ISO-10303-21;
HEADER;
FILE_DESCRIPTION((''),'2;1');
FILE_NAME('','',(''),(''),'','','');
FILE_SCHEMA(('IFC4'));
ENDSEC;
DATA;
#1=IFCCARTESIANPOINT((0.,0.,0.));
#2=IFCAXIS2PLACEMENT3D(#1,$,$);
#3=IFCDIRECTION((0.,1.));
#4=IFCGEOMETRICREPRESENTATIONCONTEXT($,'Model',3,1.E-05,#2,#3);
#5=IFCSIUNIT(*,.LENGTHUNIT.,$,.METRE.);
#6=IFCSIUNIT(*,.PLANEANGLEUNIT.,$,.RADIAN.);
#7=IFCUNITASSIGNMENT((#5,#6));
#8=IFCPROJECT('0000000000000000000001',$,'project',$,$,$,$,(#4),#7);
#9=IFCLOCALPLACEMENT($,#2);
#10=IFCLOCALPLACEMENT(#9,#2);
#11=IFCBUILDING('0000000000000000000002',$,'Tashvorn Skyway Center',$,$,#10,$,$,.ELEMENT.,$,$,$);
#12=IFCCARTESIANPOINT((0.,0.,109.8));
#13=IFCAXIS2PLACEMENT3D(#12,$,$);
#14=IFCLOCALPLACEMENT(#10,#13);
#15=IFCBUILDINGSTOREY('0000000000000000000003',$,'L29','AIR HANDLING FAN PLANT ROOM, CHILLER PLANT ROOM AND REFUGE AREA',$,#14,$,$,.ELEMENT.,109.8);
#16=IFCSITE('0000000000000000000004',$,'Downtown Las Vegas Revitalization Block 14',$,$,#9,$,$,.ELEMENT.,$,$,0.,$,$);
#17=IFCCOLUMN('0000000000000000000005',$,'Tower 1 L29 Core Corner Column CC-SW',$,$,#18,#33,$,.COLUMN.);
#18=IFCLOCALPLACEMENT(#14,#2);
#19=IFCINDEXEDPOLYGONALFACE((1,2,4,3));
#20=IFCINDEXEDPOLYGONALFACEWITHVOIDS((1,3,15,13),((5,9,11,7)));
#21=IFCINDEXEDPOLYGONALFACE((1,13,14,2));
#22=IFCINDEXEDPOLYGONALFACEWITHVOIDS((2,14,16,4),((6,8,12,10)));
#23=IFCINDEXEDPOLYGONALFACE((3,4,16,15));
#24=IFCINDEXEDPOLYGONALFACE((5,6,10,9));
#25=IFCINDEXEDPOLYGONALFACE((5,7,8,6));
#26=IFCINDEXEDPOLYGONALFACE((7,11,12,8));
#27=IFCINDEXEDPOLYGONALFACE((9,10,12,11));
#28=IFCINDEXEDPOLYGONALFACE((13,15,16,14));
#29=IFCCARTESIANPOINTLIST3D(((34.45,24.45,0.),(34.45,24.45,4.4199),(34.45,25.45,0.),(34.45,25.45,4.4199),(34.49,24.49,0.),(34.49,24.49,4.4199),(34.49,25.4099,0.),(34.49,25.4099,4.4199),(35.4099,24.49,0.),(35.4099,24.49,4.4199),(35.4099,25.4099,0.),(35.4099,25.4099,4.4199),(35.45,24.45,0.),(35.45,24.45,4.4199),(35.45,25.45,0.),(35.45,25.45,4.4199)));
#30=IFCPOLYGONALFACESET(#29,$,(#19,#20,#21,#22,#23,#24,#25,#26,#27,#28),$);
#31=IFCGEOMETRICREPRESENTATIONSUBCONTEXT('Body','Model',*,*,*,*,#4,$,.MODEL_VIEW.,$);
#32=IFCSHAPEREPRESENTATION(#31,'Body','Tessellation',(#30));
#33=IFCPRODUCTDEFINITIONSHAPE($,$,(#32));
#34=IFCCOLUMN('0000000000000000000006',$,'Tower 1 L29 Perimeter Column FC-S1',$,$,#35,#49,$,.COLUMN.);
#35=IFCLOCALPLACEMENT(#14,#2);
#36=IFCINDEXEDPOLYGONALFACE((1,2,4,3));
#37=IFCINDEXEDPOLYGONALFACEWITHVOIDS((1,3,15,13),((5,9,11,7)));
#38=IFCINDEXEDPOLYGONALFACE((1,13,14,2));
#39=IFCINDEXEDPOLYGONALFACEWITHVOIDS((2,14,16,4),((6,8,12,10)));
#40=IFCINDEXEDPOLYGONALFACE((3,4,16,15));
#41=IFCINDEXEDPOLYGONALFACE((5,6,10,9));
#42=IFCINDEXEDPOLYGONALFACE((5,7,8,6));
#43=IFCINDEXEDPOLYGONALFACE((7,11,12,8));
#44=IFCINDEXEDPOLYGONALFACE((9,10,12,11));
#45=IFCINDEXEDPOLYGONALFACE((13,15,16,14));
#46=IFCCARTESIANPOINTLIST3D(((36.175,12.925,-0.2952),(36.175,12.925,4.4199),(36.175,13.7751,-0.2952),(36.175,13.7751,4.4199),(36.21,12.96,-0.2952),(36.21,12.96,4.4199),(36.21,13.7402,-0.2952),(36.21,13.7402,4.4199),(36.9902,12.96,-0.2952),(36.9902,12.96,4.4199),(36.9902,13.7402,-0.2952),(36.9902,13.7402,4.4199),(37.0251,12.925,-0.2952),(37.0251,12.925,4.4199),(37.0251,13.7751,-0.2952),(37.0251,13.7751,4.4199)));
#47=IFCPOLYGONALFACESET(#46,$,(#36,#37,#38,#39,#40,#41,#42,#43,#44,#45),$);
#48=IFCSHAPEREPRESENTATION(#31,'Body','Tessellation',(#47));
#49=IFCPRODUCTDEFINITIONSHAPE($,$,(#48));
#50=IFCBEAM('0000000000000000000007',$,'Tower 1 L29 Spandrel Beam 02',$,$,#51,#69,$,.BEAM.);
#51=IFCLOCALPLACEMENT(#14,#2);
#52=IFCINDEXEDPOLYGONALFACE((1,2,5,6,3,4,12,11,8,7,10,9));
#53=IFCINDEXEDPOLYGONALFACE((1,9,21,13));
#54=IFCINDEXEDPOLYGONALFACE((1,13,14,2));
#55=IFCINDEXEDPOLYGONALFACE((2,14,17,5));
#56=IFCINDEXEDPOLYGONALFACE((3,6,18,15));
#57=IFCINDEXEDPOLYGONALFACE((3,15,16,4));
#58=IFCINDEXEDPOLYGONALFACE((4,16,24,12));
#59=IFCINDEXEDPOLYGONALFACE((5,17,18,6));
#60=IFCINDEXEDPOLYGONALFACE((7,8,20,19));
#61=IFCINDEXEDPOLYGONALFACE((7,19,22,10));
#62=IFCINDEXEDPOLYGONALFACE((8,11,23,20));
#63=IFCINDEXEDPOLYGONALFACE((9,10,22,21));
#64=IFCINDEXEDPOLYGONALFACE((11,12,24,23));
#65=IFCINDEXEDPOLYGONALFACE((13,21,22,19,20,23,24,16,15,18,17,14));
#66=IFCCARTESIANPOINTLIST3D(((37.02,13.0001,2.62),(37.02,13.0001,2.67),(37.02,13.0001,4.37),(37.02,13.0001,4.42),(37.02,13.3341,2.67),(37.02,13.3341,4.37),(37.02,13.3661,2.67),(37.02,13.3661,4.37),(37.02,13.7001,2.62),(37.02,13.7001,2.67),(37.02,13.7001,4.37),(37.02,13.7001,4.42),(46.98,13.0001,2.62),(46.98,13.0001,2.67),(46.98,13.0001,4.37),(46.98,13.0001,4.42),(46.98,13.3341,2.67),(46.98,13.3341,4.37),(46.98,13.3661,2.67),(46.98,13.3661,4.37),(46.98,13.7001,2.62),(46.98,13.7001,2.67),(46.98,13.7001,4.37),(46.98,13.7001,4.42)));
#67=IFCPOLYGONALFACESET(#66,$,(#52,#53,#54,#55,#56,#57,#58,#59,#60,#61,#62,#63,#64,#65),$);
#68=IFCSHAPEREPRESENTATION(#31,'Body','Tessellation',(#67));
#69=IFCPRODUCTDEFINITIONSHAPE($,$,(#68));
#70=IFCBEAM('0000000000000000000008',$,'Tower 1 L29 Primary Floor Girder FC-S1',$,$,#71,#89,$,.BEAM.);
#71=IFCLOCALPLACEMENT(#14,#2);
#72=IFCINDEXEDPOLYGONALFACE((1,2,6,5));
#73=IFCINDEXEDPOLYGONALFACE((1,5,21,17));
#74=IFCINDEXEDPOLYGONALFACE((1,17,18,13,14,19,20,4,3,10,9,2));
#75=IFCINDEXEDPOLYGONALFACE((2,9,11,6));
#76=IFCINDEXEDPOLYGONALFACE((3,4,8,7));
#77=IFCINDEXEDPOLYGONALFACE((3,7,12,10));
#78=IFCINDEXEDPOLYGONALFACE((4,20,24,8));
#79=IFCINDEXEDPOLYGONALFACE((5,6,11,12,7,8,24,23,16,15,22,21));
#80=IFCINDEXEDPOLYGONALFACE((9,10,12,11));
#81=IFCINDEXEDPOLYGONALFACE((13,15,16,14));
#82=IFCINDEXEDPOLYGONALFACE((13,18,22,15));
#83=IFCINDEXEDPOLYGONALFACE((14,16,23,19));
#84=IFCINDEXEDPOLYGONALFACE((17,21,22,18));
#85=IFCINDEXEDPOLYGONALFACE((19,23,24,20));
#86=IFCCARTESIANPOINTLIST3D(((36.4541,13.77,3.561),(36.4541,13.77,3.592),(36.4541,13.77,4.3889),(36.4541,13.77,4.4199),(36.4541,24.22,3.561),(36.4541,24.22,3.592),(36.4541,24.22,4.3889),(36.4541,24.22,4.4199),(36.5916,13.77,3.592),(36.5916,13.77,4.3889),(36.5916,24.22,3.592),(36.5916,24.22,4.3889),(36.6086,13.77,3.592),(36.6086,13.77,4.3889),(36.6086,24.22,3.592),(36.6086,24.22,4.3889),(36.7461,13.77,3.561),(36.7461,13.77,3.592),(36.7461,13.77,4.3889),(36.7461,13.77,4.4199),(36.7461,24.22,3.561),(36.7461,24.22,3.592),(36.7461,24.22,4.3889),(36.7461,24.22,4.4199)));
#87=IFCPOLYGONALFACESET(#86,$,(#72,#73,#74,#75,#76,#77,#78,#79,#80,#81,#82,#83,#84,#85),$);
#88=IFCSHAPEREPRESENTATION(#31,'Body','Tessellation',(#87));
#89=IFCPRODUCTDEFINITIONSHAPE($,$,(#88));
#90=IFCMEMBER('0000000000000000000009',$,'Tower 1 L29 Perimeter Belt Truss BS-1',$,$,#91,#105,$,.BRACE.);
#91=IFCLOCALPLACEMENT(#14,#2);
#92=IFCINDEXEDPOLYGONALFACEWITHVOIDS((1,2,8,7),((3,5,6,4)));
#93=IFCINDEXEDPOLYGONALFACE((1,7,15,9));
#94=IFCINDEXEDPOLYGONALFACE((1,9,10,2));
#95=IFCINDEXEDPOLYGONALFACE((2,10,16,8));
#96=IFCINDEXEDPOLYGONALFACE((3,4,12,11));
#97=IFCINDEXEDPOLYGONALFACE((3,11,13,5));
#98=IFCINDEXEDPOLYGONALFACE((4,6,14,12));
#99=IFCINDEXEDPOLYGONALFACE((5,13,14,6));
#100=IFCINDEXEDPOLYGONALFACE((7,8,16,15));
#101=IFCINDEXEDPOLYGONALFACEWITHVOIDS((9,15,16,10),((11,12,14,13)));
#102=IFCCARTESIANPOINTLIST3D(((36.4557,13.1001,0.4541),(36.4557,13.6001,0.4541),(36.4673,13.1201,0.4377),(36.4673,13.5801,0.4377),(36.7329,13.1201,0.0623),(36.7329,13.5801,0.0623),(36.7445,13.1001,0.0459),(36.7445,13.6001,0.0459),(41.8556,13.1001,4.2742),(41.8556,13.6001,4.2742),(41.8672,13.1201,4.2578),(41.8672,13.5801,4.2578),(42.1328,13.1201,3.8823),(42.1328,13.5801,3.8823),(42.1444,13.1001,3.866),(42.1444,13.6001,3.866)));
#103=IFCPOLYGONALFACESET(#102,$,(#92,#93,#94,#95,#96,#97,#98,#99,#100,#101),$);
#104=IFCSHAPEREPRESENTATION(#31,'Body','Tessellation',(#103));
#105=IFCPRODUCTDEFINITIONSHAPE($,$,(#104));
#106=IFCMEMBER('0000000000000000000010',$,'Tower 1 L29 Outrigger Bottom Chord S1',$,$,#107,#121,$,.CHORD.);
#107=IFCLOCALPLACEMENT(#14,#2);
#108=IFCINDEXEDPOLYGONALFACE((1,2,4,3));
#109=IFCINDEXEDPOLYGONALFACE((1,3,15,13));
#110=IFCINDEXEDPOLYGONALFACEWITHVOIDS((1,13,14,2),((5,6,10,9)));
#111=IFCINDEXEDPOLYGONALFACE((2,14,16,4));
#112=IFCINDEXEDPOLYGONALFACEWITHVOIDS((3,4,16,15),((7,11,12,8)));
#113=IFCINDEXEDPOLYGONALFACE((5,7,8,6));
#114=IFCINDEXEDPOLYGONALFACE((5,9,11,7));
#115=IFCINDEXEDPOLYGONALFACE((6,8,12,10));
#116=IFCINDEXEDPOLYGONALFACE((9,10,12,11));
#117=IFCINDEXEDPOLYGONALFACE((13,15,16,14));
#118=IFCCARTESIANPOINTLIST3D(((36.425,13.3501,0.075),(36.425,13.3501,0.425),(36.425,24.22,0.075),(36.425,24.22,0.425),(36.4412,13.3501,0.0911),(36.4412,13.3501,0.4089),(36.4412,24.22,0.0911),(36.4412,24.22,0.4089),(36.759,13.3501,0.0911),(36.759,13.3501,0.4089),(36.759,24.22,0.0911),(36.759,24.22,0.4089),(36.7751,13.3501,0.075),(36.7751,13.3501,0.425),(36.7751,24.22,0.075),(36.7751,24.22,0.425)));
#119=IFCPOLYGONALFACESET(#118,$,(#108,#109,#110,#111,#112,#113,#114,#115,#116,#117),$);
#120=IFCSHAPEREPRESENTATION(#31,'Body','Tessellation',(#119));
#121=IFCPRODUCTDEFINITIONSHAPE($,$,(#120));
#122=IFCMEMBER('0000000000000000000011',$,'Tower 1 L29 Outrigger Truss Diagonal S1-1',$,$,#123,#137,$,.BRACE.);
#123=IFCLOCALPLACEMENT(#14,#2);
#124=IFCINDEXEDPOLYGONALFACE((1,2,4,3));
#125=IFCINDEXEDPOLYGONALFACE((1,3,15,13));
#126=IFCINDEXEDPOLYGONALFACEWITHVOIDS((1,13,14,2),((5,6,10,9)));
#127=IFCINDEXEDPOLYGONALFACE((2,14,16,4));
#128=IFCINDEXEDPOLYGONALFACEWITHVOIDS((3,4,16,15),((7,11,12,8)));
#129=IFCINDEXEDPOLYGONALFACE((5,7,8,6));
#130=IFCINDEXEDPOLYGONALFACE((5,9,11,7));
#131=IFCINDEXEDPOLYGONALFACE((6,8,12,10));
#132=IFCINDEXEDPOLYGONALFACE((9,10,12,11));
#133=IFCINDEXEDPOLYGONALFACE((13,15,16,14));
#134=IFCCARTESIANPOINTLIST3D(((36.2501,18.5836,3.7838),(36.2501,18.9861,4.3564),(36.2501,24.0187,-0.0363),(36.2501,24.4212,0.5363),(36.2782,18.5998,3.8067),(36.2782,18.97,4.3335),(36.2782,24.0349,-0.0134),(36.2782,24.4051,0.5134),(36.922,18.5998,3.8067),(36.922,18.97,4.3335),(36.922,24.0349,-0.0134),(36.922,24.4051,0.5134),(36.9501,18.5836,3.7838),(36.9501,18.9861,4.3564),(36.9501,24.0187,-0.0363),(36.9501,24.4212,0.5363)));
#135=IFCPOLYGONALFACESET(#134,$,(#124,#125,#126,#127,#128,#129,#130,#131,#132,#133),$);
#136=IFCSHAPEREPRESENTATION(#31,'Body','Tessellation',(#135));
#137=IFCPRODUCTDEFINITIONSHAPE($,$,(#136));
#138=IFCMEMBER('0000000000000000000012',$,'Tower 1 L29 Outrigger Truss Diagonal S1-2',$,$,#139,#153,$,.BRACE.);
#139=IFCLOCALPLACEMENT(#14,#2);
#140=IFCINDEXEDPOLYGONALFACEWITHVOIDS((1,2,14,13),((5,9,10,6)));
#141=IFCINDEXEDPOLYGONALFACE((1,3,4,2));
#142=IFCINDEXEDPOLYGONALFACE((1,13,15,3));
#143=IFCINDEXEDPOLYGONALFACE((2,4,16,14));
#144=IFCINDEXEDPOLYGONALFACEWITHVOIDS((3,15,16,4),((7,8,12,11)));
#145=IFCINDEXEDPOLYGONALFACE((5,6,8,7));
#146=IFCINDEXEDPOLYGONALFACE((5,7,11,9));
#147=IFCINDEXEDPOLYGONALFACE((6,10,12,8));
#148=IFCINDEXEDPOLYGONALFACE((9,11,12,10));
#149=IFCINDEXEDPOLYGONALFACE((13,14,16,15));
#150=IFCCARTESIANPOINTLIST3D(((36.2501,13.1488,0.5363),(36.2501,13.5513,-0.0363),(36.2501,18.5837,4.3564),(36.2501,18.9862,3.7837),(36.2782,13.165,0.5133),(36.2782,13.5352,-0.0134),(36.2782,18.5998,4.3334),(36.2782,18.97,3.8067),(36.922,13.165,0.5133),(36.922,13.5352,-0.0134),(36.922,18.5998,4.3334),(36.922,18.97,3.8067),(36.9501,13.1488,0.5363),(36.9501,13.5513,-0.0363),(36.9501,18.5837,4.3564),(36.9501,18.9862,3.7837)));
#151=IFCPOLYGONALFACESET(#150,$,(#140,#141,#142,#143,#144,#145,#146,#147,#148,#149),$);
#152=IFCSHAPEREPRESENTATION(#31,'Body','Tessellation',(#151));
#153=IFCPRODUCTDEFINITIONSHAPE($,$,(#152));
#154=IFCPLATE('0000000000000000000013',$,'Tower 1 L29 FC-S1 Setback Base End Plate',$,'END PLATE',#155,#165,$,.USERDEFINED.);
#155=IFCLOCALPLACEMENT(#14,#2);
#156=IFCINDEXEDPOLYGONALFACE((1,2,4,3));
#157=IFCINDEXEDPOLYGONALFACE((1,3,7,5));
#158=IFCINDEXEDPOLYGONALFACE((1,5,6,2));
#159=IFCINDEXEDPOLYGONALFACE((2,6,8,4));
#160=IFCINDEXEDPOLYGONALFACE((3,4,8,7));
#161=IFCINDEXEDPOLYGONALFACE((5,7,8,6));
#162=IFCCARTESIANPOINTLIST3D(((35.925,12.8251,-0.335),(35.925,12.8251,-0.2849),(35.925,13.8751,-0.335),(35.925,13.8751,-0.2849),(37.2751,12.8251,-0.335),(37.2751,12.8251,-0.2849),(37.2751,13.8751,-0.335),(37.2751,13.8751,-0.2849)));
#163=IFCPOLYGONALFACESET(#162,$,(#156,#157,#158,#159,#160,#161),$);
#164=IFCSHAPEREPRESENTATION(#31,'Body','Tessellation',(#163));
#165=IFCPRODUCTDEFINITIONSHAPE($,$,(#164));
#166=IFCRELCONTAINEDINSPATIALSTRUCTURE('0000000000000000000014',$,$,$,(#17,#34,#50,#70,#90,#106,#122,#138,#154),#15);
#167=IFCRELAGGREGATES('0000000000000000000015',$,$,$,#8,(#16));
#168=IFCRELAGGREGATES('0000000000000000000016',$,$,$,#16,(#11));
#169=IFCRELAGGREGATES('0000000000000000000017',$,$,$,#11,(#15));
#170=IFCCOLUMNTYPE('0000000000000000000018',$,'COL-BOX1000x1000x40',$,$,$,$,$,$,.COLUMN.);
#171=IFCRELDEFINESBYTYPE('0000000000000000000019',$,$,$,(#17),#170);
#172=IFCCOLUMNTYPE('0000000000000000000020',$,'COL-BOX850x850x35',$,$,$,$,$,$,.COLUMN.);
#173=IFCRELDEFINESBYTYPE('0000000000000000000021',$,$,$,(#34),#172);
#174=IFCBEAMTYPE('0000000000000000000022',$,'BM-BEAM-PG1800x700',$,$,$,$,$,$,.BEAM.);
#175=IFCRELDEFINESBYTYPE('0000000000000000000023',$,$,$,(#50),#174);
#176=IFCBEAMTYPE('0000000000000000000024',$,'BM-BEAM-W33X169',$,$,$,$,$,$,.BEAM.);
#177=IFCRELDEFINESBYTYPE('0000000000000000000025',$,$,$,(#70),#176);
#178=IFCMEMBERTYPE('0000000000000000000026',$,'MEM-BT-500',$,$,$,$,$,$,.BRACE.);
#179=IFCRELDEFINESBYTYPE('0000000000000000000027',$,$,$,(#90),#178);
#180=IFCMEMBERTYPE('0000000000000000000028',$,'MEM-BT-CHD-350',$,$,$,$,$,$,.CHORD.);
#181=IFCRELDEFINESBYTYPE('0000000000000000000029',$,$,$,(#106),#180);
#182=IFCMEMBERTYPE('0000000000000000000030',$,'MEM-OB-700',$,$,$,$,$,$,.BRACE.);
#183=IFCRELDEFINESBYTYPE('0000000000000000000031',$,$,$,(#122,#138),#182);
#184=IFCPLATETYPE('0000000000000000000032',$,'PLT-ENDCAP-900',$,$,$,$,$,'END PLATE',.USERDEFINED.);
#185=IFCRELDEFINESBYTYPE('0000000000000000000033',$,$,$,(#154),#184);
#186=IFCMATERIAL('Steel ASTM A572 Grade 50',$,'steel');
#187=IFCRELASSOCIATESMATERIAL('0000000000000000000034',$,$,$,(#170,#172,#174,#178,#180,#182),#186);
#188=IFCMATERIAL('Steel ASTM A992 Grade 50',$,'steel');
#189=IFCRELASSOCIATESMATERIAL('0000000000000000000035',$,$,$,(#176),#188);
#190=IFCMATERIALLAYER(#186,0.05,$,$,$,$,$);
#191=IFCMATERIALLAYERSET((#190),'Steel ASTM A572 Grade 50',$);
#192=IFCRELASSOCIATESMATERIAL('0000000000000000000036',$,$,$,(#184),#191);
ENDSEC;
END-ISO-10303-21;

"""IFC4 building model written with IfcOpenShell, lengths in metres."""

from ifc_helpers import new_model, si_unit, direction, frame, origin, origin_2d, place, context, subcontext, project, spatial, rectangle, hollow_rectangle, i_section, extrude, material, layer, layer_set, material_profile, profile_set, type_object, element, save


model = new_model("IFC4")

# Units and contexts
model_context = context("Model", 3, precision=1e-05, world=origin(), true_north=direction((0.0, 1.0)))
body_context = subcontext(model_context, "Body", "Model", "MODEL_VIEW")
ifc_project = project(units=[si_unit("LENGTHUNIT", "METRE"), si_unit("PLANEANGLEUNIT", "RADIAN")], contexts=[model_context])

# Site, building, storey
site_placement = place(None, origin())
site = spatial("IfcSite", under=ifc_project, at=site_placement, Name="Downtown Las Vegas Revitalization Block 14", CompositionType="ELEMENT", RefElevation=0.0)
building_placement = place(site_placement, origin())
building = spatial("IfcBuilding", under=site, at=building_placement, Name="Tashvorn Skyway Center", CompositionType="ELEMENT")
storey_placement = place(building_placement, frame((0.0, 0.0, 109.8)))
storey = spatial("IfcBuildingStorey", under=building, at=storey_placement, Name="L29", Description="AIR HANDLING FAN PLANT ROOM, CHILLER PLANT ROOM AND REFUGE AREA", CompositionType="ELEMENT", Elevation=109.8)

# Columns
ifc_material_1 = material(Name="Steel ASTM A572 Grade 50", Category="steel")
ifc_material_profile_1 = material_profile(ifc_material_1, hollow_rectangle(XDim=1.0, YDim=1.0, WallThickness=0.04, at=origin_2d()), Name="BOX1000x1000x40")
ifc_profile_set_1 = profile_set([ifc_material_profile_1], Name="Steel ASTM A572 Grade 50")
column_type_1 = type_object("IfcColumnType", Name="COL-BOX1000x1000x40", PredefinedType="COLUMN", material=ifc_profile_set_1)
column_1_placement = place(storey_placement, frame((34.95, 24.95, 0.0), z_axis=(0.0, 0.0, 1.0), x_axis=(1.0, 0.0, 0.0)))
element("IfcColumn", 1, at=column_1_placement, inside=storey, type_object=column_type_1, Name="Tower 1 L29 Core Corner Column CC-SW", PredefinedType="COLUMN", context=body_context, shape_type="SweptSolid", body=[
    extrude(hollow_rectangle(XDim=1.0, YDim=1.0, WallThickness=0.04, at=origin_2d()), origin(), (0.0, 0.0, 1.0), 4.4199),
])
ifc_material_profile_2 = material_profile(ifc_material_1, hollow_rectangle(XDim=0.8501, YDim=0.8501, WallThickness=0.0349, at=origin_2d()), Name="BOX850x850x35")
ifc_profile_set_2 = profile_set([ifc_material_profile_2], Name="Steel ASTM A572 Grade 50")
column_type_2 = type_object("IfcColumnType", Name="COL-BOX850x850x35", PredefinedType="COLUMN", material=ifc_profile_set_2)
column_2_placement = place(storey_placement, frame((36.6001, 13.3501, -0.2952), z_axis=(0.0, 0.0, 1.0), x_axis=(1.0, 0.0, 0.0)))
element("IfcColumn", 2, at=column_2_placement, inside=storey, type_object=column_type_2, Name="Tower 1 L29 Perimeter Column FC-S1", PredefinedType="COLUMN", context=body_context, shape_type="SweptSolid", body=[
    extrude(hollow_rectangle(XDim=0.8501, YDim=0.8501, WallThickness=0.0349, at=origin_2d()), origin(), (0.0, 0.0, 1.0), 4.7151),
])

# Beams
ifc_material_profile_3 = material_profile(ifc_material_1, i_section(OverallWidth=0.7, OverallDepth=1.8, WebThickness=0.032, FlangeThickness=0.05, at=origin_2d()), Name="PG1800x700")
ifc_profile_set_3 = profile_set([ifc_material_profile_3], Name="Steel ASTM A572 Grade 50")
beam_type_1 = type_object("IfcBeamType", Name="BM-BEAM-PG1800x700", PredefinedType="BEAM", material=ifc_profile_set_3)
beam_1_placement = place(storey_placement, frame((37.02, 13.3501, 3.52), z_axis=(1.0, 0.0, 0.0), x_axis=(0.0, 1.0, 0.0)))
element("IfcBeam", 3, at=beam_1_placement, inside=storey, type_object=beam_type_1, Name="Tower 1 L29 Spandrel Beam 02", PredefinedType="BEAM", context=body_context, shape_type="SweptSolid", body=[
    extrude(i_section(OverallWidth=0.7, OverallDepth=1.8, WebThickness=0.032, FlangeThickness=0.05, at=origin_2d()), origin(), (0.0, 0.0, 1.0), 9.96),
])
ifc_material_2 = material(Name="Steel ASTM A992 Grade 50", Category="steel")
ifc_material_profile_4 = material_profile(ifc_material_2, i_section(OverallWidth=0.292, OverallDepth=0.8589, WebThickness=0.0171, FlangeThickness=0.031, at=origin_2d()), Name="W33X169")
ifc_profile_set_4 = profile_set([ifc_material_profile_4], Name="Steel ASTM A992 Grade 50")
beam_type_2 = type_object("IfcBeamType", Name="BM-BEAM-W33X169", PredefinedType="BEAM", material=ifc_profile_set_4)
beam_2_placement = place(storey_placement, frame((36.6001, 13.77, 3.9905), z_axis=(0.0, 1.0, 0.0), x_axis=(-1.0, 0.0, 0.0)))
element("IfcBeam", 4, at=beam_2_placement, inside=storey, type_object=beam_type_2, Name="Tower 1 L29 Primary Floor Girder FC-S1", PredefinedType="BEAM", context=body_context, shape_type="SweptSolid", body=[
    extrude(i_section(OverallWidth=0.292, OverallDepth=0.8589, WebThickness=0.0171, FlangeThickness=0.031, at=origin_2d()), origin(), (0.0, 0.0, 1.0), 10.45),
])

# Members
ifc_material_profile_5 = material_profile(ifc_material_1, hollow_rectangle(XDim=0.5, YDim=0.5, WallThickness=0.02, at=origin_2d()), Name="HSS500x500x20")
ifc_profile_set_5 = profile_set([ifc_material_profile_5], Name="Steel ASTM A572 Grade 50")
member_type_1 = type_object("IfcMemberType", Name="MEM-BT-500", PredefinedType="BRACE", material=ifc_profile_set_5)
member_1_placement = place(storey_placement, frame((36.6001, 13.3501, 0.25), z_axis=(0.816371, 0.0, 0.577528), x_axis=(0.0, 1.0, 0.0)))
element("IfcMember", 5, at=member_1_placement, inside=storey, type_object=member_type_1, Name="Tower 1 L29 Perimeter Belt Truss BS-1", PredefinedType="BRACE", context=body_context, shape_type="SweptSolid", body=[
    extrude(hollow_rectangle(XDim=0.5, YDim=0.5, WallThickness=0.02, at=origin_2d()), origin(), (0.0, 0.0, 1.0), 6.6145),
])
ifc_material_profile_6 = material_profile(ifc_material_1, hollow_rectangle(XDim=0.3501, YDim=0.3501, WallThickness=0.0161, at=origin_2d()), Name="HSS350x350x16")
ifc_profile_set_6 = profile_set([ifc_material_profile_6], Name="Steel ASTM A572 Grade 50")
member_type_2 = type_object("IfcMemberType", Name="MEM-BT-CHD-350", PredefinedType="CHORD", material=ifc_profile_set_6)
member_2_placement = place(storey_placement, frame((36.6001, 24.22, 0.25), z_axis=(0.0, -1.0, 0.0), x_axis=(1.0, 0.0, 0.0)))
element("IfcMember", 6, at=member_2_placement, inside=storey, type_object=member_type_2, Name="Tower 1 L29 Outrigger Bottom Chord S1", PredefinedType="CHORD", context=body_context, shape_type="SweptSolid", body=[
    extrude(hollow_rectangle(XDim=0.3501, YDim=0.3501, WallThickness=0.0161, at=origin_2d()), origin(), (0.0, 0.0, 1.0), 10.8699),
])
ifc_material_profile_7 = material_profile(ifc_material_1, hollow_rectangle(XDim=0.7, YDim=0.7, WallThickness=0.0281, at=origin_2d()), Name="BOX700x700x28")
ifc_profile_set_7 = profile_set([ifc_material_profile_7], Name="Steel ASTM A572 Grade 50")
member_type_3 = type_object("IfcMemberType", Name="MEM-OB-700", PredefinedType="BRACE", material=ifc_profile_set_7)
member_3_placement = place(storey_placement, frame((36.6001, 24.22, 0.25), z_axis=(0.0, -0.818132, 0.57503), x_axis=(1.0, 0.0, 0.0)))
element("IfcMember", 7, at=member_3_placement, inside=storey, type_object=member_type_3, Name="Tower 1 L29 Outrigger Truss Diagonal S1-1", PredefinedType="BRACE", context=body_context, shape_type="SweptSolid", body=[
    extrude(hollow_rectangle(XDim=0.7, YDim=0.7, WallThickness=0.0281, at=origin_2d()), origin(), (0.0, 0.0, 1.0), 6.6433),
])
member_4_placement = place(storey_placement, frame((36.6001, 18.7849, 4.0701), z_axis=(0.0, -0.81812, -0.575047), x_axis=(1.0, 0.0, 0.0)))
element("IfcMember", 8, at=member_4_placement, inside=storey, type_object=member_type_3, Name="Tower 1 L29 Outrigger Truss Diagonal S1-2", PredefinedType="BRACE", context=body_context, shape_type="SweptSolid", body=[
    extrude(hollow_rectangle(XDim=0.7, YDim=0.7, WallThickness=0.0281, at=origin_2d()), origin(), (0.0, 0.0, 1.0), 6.6431),
])

# Plate
ifc_layer_1 = layer(ifc_material_1, 0.05)
ifc_layer_set_1 = layer_set([ifc_layer_1], Name="Steel ASTM A572 Grade 50")
plate_type_1 = type_object("IfcPlateType", Name="PLT-ENDCAP-900", ElementType="END PLATE", PredefinedType="USERDEFINED", material=ifc_layer_set_1)
plate_1_placement = place(storey_placement, frame((36.6001, 13.3501, -0.335), z_axis=(0.0, 0.0, 1.0), x_axis=(1.0, 0.0, 0.0)))
element("IfcPlate", 9, at=plate_1_placement, inside=storey, type_object=plate_type_1, Name="Tower 1 L29 FC-S1 Setback Base End Plate", ObjectType="END PLATE", PredefinedType="USERDEFINED", context=body_context, shape_type="SweptSolid", body=[
    extrude(rectangle(XDim=1.3501, YDim=1.05, at=origin_2d()), origin(), (0.0, 0.0, 1.0), 0.05),
])

save(model, "model.ifc")
